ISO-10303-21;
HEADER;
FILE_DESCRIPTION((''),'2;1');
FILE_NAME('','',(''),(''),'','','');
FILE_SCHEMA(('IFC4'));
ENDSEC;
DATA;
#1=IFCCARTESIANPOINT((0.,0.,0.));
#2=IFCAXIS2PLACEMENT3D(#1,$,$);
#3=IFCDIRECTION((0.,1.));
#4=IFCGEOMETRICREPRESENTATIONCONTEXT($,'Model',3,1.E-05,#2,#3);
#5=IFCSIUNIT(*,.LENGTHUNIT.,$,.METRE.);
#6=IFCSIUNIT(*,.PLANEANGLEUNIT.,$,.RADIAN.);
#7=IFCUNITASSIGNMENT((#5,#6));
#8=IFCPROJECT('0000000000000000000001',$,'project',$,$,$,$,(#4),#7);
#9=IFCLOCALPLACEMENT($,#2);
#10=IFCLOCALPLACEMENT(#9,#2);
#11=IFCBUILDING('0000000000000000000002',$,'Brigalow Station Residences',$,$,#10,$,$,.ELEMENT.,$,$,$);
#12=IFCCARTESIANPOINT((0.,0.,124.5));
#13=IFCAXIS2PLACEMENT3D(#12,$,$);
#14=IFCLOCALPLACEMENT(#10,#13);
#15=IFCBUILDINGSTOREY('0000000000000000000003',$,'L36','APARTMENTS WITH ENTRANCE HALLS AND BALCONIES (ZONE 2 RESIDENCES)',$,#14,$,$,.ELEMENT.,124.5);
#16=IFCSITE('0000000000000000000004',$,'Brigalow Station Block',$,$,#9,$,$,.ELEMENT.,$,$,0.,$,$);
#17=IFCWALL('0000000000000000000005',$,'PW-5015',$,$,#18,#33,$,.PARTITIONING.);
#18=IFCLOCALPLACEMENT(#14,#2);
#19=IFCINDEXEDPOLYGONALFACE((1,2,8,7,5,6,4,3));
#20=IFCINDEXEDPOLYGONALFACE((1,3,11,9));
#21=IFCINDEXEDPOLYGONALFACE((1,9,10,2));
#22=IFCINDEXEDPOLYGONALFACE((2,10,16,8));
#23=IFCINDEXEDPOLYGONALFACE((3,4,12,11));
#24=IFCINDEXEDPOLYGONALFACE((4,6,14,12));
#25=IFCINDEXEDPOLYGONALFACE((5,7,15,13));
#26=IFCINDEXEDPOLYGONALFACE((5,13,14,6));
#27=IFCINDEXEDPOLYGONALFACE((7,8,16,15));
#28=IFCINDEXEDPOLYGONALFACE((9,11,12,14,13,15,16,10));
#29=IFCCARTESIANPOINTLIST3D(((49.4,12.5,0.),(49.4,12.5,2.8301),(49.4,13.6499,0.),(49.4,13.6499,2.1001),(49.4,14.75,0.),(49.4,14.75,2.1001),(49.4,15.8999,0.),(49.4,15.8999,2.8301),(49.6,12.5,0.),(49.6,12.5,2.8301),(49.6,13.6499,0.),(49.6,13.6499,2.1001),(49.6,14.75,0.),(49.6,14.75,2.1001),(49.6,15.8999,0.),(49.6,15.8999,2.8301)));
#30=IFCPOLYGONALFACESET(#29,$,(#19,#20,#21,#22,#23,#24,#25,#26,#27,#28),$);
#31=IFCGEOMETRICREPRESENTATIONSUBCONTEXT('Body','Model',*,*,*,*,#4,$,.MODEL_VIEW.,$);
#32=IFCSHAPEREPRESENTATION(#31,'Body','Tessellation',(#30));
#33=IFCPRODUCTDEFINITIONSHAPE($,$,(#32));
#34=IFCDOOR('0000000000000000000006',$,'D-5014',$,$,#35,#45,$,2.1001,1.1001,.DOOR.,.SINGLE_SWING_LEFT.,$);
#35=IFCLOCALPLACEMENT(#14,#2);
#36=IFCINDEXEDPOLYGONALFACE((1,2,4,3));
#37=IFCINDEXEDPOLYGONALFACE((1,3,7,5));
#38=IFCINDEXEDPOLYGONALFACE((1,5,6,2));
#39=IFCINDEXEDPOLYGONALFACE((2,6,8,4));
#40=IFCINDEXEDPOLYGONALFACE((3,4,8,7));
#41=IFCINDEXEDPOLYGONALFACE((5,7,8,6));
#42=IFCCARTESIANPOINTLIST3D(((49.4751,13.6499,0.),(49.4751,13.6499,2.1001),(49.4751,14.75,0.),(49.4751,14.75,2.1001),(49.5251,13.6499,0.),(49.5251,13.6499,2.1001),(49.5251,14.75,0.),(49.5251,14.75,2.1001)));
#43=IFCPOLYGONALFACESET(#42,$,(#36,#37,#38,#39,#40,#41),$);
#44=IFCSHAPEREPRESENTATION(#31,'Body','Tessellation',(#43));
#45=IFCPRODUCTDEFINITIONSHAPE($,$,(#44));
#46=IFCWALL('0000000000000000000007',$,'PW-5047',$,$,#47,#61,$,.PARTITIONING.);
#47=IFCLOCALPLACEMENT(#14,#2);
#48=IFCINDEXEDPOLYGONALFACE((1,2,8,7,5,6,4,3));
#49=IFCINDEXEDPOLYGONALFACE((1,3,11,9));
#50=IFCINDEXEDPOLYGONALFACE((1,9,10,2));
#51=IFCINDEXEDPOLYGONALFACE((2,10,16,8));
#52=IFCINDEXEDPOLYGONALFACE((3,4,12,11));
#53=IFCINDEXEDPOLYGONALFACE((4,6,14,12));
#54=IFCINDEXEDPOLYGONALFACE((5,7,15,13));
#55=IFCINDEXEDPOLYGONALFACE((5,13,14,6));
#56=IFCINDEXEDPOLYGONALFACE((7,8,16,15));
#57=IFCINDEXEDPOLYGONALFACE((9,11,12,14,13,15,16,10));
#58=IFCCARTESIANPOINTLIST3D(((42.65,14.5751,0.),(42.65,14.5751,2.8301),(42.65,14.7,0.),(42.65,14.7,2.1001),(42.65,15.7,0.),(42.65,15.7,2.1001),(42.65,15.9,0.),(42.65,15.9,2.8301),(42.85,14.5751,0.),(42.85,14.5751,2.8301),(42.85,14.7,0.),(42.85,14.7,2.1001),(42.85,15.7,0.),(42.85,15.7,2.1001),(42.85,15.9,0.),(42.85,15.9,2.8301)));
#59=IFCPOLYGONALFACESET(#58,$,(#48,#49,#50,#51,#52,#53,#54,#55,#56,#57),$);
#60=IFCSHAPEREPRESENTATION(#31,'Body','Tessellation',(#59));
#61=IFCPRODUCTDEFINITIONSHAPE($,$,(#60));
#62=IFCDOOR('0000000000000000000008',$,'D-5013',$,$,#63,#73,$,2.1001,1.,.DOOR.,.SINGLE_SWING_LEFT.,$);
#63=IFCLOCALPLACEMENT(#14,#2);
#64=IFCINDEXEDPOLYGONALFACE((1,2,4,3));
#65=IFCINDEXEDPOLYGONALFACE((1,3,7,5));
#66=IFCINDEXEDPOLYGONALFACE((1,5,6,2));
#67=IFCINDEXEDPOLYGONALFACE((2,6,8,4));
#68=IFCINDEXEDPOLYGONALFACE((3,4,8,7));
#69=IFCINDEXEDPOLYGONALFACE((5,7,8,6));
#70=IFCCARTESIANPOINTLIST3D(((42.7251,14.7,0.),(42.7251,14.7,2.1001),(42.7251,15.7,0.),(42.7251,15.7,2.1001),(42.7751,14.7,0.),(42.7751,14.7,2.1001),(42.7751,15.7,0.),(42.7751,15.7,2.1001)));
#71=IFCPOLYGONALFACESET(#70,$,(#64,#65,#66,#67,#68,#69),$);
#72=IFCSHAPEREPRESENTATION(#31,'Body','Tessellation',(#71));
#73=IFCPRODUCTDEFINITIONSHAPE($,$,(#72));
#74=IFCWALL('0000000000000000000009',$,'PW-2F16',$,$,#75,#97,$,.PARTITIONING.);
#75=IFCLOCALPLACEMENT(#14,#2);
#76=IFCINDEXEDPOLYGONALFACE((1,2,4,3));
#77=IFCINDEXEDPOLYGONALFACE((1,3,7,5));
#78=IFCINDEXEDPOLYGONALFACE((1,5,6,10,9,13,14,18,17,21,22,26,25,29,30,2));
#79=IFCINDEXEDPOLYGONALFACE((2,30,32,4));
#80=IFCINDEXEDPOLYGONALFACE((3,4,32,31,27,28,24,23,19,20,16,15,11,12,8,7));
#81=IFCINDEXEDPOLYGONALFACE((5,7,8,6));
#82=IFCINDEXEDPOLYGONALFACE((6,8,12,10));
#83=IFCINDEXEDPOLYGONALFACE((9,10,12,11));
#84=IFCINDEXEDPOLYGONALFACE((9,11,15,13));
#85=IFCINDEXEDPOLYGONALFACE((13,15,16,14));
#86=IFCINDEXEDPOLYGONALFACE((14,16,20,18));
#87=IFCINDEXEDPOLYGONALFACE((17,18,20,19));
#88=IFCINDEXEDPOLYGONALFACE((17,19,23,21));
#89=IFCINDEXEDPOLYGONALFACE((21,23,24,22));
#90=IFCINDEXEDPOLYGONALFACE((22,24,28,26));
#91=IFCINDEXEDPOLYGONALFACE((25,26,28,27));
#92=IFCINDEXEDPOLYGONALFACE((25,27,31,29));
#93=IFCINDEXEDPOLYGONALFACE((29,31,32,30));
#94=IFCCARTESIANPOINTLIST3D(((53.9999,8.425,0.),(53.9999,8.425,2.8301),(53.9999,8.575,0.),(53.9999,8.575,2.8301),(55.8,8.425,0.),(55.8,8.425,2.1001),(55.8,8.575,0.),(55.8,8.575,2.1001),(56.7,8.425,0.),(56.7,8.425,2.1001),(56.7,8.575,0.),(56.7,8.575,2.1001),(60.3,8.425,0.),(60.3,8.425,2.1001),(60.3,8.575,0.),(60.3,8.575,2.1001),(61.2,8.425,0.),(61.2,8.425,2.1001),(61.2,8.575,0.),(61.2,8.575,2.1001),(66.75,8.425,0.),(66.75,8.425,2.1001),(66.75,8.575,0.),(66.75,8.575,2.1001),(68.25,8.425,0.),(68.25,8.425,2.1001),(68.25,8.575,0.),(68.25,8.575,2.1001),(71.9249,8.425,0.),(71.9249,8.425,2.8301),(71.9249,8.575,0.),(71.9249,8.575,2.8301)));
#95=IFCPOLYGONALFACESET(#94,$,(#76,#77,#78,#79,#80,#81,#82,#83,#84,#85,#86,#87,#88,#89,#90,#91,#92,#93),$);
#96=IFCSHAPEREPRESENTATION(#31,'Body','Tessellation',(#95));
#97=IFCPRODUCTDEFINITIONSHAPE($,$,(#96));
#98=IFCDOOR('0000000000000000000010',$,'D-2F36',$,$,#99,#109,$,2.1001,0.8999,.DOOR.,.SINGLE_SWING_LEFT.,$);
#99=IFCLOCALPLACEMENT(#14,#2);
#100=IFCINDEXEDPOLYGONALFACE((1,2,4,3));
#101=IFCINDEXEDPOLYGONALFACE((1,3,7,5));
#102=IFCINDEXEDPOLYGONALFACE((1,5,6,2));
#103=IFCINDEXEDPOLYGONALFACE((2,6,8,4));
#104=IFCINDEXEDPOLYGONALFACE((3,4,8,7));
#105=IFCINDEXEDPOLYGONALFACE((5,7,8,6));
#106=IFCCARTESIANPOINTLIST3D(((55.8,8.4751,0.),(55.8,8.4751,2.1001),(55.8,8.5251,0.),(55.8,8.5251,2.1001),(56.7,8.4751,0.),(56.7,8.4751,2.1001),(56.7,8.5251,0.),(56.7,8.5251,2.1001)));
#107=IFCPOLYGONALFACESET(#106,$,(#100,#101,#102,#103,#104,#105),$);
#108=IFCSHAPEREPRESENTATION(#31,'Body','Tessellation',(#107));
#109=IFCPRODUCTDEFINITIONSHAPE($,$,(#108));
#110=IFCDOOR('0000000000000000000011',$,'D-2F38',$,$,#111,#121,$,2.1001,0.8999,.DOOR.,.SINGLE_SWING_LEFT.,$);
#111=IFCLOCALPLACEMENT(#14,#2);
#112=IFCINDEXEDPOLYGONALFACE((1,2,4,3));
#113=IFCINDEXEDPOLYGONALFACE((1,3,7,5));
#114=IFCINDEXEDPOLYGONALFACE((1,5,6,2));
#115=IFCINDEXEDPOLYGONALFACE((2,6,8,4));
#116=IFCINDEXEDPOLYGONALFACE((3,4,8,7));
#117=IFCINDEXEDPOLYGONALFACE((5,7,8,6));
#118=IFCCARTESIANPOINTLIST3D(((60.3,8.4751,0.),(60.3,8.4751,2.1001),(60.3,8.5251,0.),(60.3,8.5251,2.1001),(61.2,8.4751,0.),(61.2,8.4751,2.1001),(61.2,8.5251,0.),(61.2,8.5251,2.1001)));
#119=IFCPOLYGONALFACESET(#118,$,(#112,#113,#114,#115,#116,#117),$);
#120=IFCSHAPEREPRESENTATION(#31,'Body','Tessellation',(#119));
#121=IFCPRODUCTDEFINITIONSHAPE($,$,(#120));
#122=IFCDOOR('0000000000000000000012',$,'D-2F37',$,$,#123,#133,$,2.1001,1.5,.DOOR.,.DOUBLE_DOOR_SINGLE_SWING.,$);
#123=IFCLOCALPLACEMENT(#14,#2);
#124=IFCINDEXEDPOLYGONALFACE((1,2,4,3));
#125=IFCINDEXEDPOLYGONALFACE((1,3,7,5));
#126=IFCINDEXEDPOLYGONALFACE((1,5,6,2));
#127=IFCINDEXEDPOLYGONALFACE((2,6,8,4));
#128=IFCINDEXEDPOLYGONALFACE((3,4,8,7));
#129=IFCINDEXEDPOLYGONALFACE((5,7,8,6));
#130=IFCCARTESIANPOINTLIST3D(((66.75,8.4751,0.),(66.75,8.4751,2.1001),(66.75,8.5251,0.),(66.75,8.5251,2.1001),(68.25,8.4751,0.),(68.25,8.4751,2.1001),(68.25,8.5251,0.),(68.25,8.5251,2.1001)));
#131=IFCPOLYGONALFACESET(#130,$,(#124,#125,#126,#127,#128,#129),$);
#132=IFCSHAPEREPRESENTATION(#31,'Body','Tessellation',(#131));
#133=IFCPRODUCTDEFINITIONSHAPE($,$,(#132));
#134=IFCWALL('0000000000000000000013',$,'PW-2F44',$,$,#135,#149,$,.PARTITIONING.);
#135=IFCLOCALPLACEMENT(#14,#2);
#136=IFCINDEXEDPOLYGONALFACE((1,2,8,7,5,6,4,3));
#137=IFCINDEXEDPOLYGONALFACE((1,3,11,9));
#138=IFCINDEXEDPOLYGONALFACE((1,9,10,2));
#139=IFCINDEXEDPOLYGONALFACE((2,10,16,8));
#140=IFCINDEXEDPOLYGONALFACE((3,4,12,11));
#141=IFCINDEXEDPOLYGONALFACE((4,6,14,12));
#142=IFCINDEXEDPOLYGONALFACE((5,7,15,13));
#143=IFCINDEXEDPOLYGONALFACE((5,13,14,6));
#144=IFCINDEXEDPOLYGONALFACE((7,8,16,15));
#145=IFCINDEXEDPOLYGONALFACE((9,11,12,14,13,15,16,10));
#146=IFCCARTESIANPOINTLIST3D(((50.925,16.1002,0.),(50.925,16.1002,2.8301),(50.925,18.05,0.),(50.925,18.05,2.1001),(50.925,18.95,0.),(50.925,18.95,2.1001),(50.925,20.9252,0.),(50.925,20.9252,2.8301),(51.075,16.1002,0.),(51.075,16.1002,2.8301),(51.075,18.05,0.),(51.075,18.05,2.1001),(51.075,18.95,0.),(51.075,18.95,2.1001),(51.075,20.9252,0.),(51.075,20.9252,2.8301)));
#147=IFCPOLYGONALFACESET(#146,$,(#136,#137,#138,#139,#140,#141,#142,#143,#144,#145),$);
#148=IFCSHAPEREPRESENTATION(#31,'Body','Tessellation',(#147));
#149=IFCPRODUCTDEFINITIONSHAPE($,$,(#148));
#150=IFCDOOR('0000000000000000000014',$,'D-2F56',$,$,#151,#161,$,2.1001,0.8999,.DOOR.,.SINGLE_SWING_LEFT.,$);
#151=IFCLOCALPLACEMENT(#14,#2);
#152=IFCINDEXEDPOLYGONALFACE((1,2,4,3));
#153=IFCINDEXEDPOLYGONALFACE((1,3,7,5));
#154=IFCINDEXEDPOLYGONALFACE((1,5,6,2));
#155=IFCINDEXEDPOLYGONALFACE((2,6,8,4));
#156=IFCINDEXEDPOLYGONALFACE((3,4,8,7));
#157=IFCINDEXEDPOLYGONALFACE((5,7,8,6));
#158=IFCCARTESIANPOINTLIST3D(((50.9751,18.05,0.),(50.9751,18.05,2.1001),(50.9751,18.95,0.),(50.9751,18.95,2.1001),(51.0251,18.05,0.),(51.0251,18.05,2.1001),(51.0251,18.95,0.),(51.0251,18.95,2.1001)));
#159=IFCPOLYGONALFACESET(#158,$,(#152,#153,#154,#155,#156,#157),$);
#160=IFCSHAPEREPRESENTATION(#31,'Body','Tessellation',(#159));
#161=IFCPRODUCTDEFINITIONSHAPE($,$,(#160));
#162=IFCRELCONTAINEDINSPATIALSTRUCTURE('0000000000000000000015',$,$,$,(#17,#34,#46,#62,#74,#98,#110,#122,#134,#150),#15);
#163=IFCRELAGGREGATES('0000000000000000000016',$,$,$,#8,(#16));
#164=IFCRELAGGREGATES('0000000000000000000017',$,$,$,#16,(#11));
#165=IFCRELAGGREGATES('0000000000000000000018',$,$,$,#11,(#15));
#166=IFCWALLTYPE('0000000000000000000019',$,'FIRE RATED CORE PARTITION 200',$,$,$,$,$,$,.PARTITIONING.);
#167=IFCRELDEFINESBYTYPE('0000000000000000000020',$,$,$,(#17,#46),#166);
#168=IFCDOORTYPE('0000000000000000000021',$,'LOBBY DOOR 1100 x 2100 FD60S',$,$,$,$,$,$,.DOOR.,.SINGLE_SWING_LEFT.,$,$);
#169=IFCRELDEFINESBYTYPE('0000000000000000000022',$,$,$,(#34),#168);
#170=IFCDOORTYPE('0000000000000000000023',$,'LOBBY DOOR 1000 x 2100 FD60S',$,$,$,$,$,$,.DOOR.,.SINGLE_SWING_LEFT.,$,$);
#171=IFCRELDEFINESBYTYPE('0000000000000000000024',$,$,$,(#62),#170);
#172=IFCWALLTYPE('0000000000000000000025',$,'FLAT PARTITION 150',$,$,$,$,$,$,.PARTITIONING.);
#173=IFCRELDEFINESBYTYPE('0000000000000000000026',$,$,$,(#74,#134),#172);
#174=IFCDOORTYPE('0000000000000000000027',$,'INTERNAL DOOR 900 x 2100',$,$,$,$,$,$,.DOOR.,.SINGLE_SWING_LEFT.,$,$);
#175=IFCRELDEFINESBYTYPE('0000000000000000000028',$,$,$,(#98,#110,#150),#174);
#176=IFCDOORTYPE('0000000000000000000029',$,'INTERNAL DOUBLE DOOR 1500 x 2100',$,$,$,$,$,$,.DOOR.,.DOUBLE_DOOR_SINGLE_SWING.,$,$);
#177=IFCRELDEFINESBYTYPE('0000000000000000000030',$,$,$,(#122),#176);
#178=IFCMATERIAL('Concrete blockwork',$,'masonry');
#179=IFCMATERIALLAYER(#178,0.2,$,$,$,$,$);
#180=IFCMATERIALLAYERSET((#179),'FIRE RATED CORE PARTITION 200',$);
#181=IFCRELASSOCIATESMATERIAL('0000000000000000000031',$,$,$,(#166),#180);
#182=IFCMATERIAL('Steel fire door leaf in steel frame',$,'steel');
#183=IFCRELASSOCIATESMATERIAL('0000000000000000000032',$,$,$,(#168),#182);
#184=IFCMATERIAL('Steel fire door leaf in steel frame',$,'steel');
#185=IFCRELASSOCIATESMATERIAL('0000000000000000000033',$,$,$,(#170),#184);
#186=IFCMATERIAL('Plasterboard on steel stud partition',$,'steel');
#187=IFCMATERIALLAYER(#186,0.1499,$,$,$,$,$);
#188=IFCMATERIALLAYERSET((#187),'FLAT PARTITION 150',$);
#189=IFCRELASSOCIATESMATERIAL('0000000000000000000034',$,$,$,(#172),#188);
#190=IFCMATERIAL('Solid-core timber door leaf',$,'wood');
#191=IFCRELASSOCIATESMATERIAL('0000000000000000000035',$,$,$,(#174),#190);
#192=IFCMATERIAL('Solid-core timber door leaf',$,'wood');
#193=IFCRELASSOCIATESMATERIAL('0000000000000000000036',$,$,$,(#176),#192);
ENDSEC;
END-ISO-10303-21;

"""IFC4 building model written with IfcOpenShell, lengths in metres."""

from ifc_helpers import new_model, si_unit, direction, frame, frame_2d, origin, place, context, subcontext, project, spatial, rectangle, extrude, material, layer, layer_set, type_object, element, fill, save


model = new_model("IFC4")

# Units and contexts
model_context = context("Model", 3, precision=1e-05, world=origin(), true_north=direction((0.0, 1.0)))
body_context = subcontext(model_context, "Body", "Model", "MODEL_VIEW")
ifc_project = project(units=[si_unit("LENGTHUNIT", "METRE"), si_unit("PLANEANGLEUNIT", "RADIAN")], contexts=[model_context])

# Site, building, storey
site_placement = place(None, origin())
site = spatial("IfcSite", under=ifc_project, at=site_placement, Name="Brigalow Station Block", CompositionType="ELEMENT", RefElevation=0.0)
building_placement = place(site_placement, origin())
building = spatial("IfcBuilding", under=site, at=building_placement, Name="Brigalow Station Residences", CompositionType="ELEMENT")
storey_placement = place(building_placement, frame((0.0, 0.0, 124.5)))
storey = spatial("IfcBuildingStorey", under=building, at=storey_placement, Name="L36", Description="APARTMENTS WITH ENTRANCE HALLS AND BALCONIES (ZONE 2 RESIDENCES)", CompositionType="ELEMENT", Elevation=124.5)

# Shared definitions
ifc_material_1 = material(Name="Concrete blockwork", Category="masonry")
ifc_layer_1 = layer(ifc_material_1, 0.2)
ifc_layer_set_1 = layer_set([ifc_layer_1], Name="FIRE RATED CORE PARTITION 200")
wall_type_1 = type_object("IfcWallType", Name="FIRE RATED CORE PARTITION 200", PredefinedType="PARTITIONING", material=ifc_layer_set_1)

# Walls, openings, doors
wall_1_placement = place(storey_placement, frame((49.5, 12.5, 0.0), z_axis=(0.0, 0.0, 1.0), x_axis=(0.0, 1.0, 0.0)))
wall_1 = element("IfcWall", 1, at=wall_1_placement, inside=storey, type_object=wall_type_1, Name="PW-5015", PredefinedType="PARTITIONING", context=body_context, shape_type="SweptSolid", body=[
    extrude(rectangle(XDim=3.3999, YDim=0.2, at=frame_2d((1.7, 0.0))), origin(), (0.0, 0.0, 1.0), 2.8301),
])
opening_1_placement = place(wall_1_placement, frame((1.1499, 0.0, 0.0)))
opening_1 = element("IfcOpeningElement", 2, at=opening_1_placement, cuts=wall_1, PredefinedType="OPENING", context=body_context, shape_type="SweptSolid", body=[
    extrude(rectangle(XDim=1.1001, YDim=2.1001, at=frame_2d((0.55, 1.05))), frame((0.0, 0.1099, 0.0), z_axis=(0.0, -1.0, 0.0), x_axis=(1.0, 0.0, 0.0)), (0.0, 0.0, 1.0), 0.22),
])
ifc_material_2 = material(Name="Steel fire door leaf in steel frame", Category="steel")
door_type_1 = type_object("IfcDoorType", Name="LOBBY DOOR 1100 x 2100 FD60S", OperationType="SINGLE_SWING_LEFT", PredefinedType="DOOR", material=ifc_material_2)
door_1_placement = place(opening_1_placement, origin())
door_1 = element("IfcDoor", 3, at=door_1_placement, inside=storey, type_object=door_type_1, Name="D-5014", OperationType="SINGLE_SWING_LEFT", OverallHeight=2.1001, OverallWidth=1.1001, PredefinedType="DOOR", context=body_context, shape_type="SweptSolid", body=[
    extrude(rectangle(XDim=1.1001, YDim=2.1001, at=frame_2d((0.55, 1.05))), frame((0.0, 0.0249, 0.0), z_axis=(0.0, -1.0, 0.0), x_axis=(1.0, 0.0, 0.0)), (0.0, 0.0, 1.0), 0.05),
])
fill(opening_1, door_1)
wall_2_placement = place(storey_placement, frame((42.75, 14.575, 0.0), z_axis=(0.0, 0.0, 1.0), x_axis=(0.0, 1.0, 0.0)))
wall_2 = element("IfcWall", 4, at=wall_2_placement, inside=storey, type_object=wall_type_1, Name="PW-5047", PredefinedType="PARTITIONING", context=body_context, shape_type="SweptSolid", body=[
    extrude(rectangle(XDim=1.325, YDim=0.2, at=frame_2d((0.6626, 0.0))), origin(), (0.0, 0.0, 1.0), 2.8301),
])
opening_2_placement = place(wall_2_placement, frame((0.125, 0.0, 0.0)))
opening_2 = element("IfcOpeningElement", 5, at=opening_2_placement, cuts=wall_2, PredefinedType="OPENING", context=body_context, shape_type="SweptSolid", body=[
    extrude(rectangle(XDim=1.0, YDim=2.1001, at=frame_2d((0.5, 1.05))), frame((0.0, 0.1099, 0.0), z_axis=(0.0, -1.0, 0.0), x_axis=(1.0, 0.0, 0.0)), (0.0, 0.0, 1.0), 0.22),
])
ifc_material_3 = material(Name="Steel fire door leaf in steel frame", Category="steel")
door_type_2 = type_object("IfcDoorType", Name="LOBBY DOOR 1000 x 2100 FD60S", OperationType="SINGLE_SWING_LEFT", PredefinedType="DOOR", material=ifc_material_3)
door_2_placement = place(opening_2_placement, origin())
door_2 = element("IfcDoor", 6, at=door_2_placement, inside=storey, type_object=door_type_2, Name="D-5013", OperationType="SINGLE_SWING_LEFT", OverallHeight=2.1001, OverallWidth=1.0, PredefinedType="DOOR", context=body_context, shape_type="SweptSolid", body=[
    extrude(rectangle(XDim=1.0, YDim=2.1001, at=frame_2d((0.5, 1.05))), frame((0.0, 0.0249, 0.0), z_axis=(0.0, -1.0, 0.0), x_axis=(1.0, 0.0, 0.0)), (0.0, 0.0, 1.0), 0.05),
])
fill(opening_2, door_2)

# Wall, openings, doors
ifc_material_4 = material(Name="Plasterboard on steel stud partition", Category="steel")
ifc_layer_2 = layer(ifc_material_4, 0.1499)
ifc_layer_set_2 = layer_set([ifc_layer_2], Name="FLAT PARTITION 150")
wall_type_2 = type_object("IfcWallType", Name="FLAT PARTITION 150", PredefinedType="PARTITIONING", material=ifc_layer_set_2)
wall_3_placement = place(storey_placement, frame((54.0, 8.5, 0.0), z_axis=(0.0, 0.0, 1.0), x_axis=(1.0, 0.0, 0.0)))
wall_3 = element("IfcWall", 7, at=wall_3_placement, inside=storey, type_object=wall_type_2, Name="PW-2F16", PredefinedType="PARTITIONING", context=body_context, shape_type="SweptSolid", body=[
    extrude(rectangle(XDim=17.925, YDim=0.1499, at=frame_2d((8.9624, 0.0))), origin(), (0.0, 0.0, 1.0), 2.8301),
])
opening_3_placement = place(wall_3_placement, frame((1.8, 0.0, 0.0)))
opening_3 = element("IfcOpeningElement", 8, at=opening_3_placement, cuts=wall_3, PredefinedType="OPENING", context=body_context, shape_type="SweptSolid", body=[
    extrude(rectangle(XDim=0.8999, YDim=2.1001, at=frame_2d((0.45, 1.05))), frame((0.0, 0.085, 0.0), z_axis=(0.0, -1.0, 0.0), x_axis=(1.0, 0.0, 0.0)), (0.0, 0.0, 1.0), 0.1699),
])
opening_4_placement = place(wall_3_placement, frame((12.75, 0.0, 0.0)))
opening_4 = element("IfcOpeningElement", 9, at=opening_4_placement, cuts=wall_3, PredefinedType="OPENING", context=body_context, shape_type="SweptSolid", body=[
    extrude(rectangle(XDim=1.5, YDim=2.1001, at=frame_2d((0.75, 1.05))), frame((0.0, 0.085, 0.0), z_axis=(0.0, -1.0, 0.0), x_axis=(1.0, 0.0, 0.0)), (0.0, 0.0, 1.0), 0.1699),
])
opening_5_placement = place(wall_3_placement, frame((6.3, 0.0, 0.0)))
opening_5 = element("IfcOpeningElement", 10, at=opening_5_placement, cuts=wall_3, PredefinedType="OPENING", context=body_context, shape_type="SweptSolid", body=[
    extrude(rectangle(XDim=0.8999, YDim=2.1001, at=frame_2d((0.45, 1.05))), frame((0.0, 0.085, 0.0), z_axis=(0.0, -1.0, 0.0), x_axis=(1.0, 0.0, 0.0)), (0.0, 0.0, 1.0), 0.1699),
])
ifc_material_5 = material(Name="Solid-core timber door leaf", Category="wood")
door_type_3 = type_object("IfcDoorType", Name="INTERNAL DOOR 900 x 2100", OperationType="SINGLE_SWING_LEFT", PredefinedType="DOOR", material=ifc_material_5)
door_3_placement = place(opening_3_placement, frame((0.8999, 0.0, 0.0), z_axis=(0.0, 0.0, 1.0), x_axis=(-1.0, 0.0, 0.0)))
door_3 = element("IfcDoor", 11, at=door_3_placement, inside=storey, type_object=door_type_3, Name="D-2F36", OperationType="SINGLE_SWING_LEFT", OverallHeight=2.1001, OverallWidth=0.8999, PredefinedType="DOOR", context=body_context, shape_type="SweptSolid", body=[
    extrude(rectangle(XDim=0.8999, YDim=2.1001, at=frame_2d((0.45, 1.05))), frame((0.0, 0.0249, 0.0), z_axis=(0.0, -1.0, 0.0), x_axis=(1.0, 0.0, 0.0)), (0.0, 0.0, 1.0), 0.05),
])
fill(opening_3, door_3)
door_4_placement = place(opening_5_placement, frame((0.8999, 0.0, 0.0), z_axis=(0.0, 0.0, 1.0), x_axis=(-1.0, 0.0, 0.0)))
door_4 = element("IfcDoor", 12, at=door_4_placement, inside=storey, type_object=door_type_3, Name="D-2F38", OperationType="SINGLE_SWING_LEFT", OverallHeight=2.1001, OverallWidth=0.8999, PredefinedType="DOOR", context=body_context, shape_type="SweptSolid", body=[
    extrude(rectangle(XDim=0.8999, YDim=2.1001, at=frame_2d((0.45, 1.05))), frame((0.0, 0.0249, 0.0), z_axis=(0.0, -1.0, 0.0), x_axis=(1.0, 0.0, 0.0)), (0.0, 0.0, 1.0), 0.05),
])
fill(opening_5, door_4)
ifc_material_6 = material(Name="Solid-core timber door leaf", Category="wood")
door_type_4 = type_object("IfcDoorType", Name="INTERNAL DOUBLE DOOR 1500 x 2100", OperationType="DOUBLE_DOOR_SINGLE_SWING", PredefinedType="DOOR", material=ifc_material_6)
door_5_placement = place(opening_4_placement, frame((1.5, 0.0, 0.0), z_axis=(0.0, 0.0, 1.0), x_axis=(-1.0, 0.0, 0.0)))
door_5 = element("IfcDoor", 13, at=door_5_placement, inside=storey, type_object=door_type_4, Name="D-2F37", OperationType="DOUBLE_DOOR_SINGLE_SWING", OverallHeight=2.1001, OverallWidth=1.5, PredefinedType="DOOR", context=body_context, shape_type="SweptSolid", body=[
    extrude(rectangle(XDim=1.5, YDim=2.1001, at=frame_2d((0.75, 1.05))), frame((0.0, 0.0249, 0.0), z_axis=(0.0, -1.0, 0.0), x_axis=(1.0, 0.0, 0.0)), (0.0, 0.0, 1.0), 0.05),
])
fill(opening_4, door_5)

# Wall, opening, door
wall_4_placement = place(storey_placement, frame((51.0, 16.1001, 0.0), z_axis=(0.0, 0.0, 1.0), x_axis=(0.0, 1.0, 0.0)))
wall_4 = element("IfcWall", 14, at=wall_4_placement, inside=storey, type_object=wall_type_2, Name="PW-2F44", PredefinedType="PARTITIONING", context=body_context, shape_type="SweptSolid", body=[
    extrude(rectangle(XDim=4.825, YDim=0.1499, at=frame_2d((2.4126, 0.0))), origin(), (0.0, 0.0, 1.0), 2.8301),
])
opening_6_placement = place(wall_4_placement, frame((1.95, 0.0, 0.0)))
opening_6 = element("IfcOpeningElement", 15, at=opening_6_placement, cuts=wall_4, PredefinedType="OPENING", context=body_context, shape_type="SweptSolid", body=[
    extrude(rectangle(XDim=0.8999, YDim=2.1001, at=frame_2d((0.45, 1.05))), frame((0.0, 0.085, 0.0), z_axis=(0.0, -1.0, 0.0), x_axis=(1.0, 0.0, 0.0)), (0.0, 0.0, 1.0), 0.1699),
])
door_6_placement = place(opening_6_placement, origin())
door_6 = element("IfcDoor", 16, at=door_6_placement, inside=storey, type_object=door_type_3, Name="D-2F56", OperationType="SINGLE_SWING_LEFT", OverallHeight=2.1001, OverallWidth=0.8999, PredefinedType="DOOR", context=body_context, shape_type="SweptSolid", body=[
    extrude(rectangle(XDim=0.8999, YDim=2.1001, at=frame_2d((0.45, 1.05))), frame((0.0, 0.0249, 0.0), z_axis=(0.0, -1.0, 0.0), x_axis=(1.0, 0.0, 0.0)), (0.0, 0.0, 1.0), 0.05),
])
fill(opening_6, door_6)

save(model, "model.ifc")
